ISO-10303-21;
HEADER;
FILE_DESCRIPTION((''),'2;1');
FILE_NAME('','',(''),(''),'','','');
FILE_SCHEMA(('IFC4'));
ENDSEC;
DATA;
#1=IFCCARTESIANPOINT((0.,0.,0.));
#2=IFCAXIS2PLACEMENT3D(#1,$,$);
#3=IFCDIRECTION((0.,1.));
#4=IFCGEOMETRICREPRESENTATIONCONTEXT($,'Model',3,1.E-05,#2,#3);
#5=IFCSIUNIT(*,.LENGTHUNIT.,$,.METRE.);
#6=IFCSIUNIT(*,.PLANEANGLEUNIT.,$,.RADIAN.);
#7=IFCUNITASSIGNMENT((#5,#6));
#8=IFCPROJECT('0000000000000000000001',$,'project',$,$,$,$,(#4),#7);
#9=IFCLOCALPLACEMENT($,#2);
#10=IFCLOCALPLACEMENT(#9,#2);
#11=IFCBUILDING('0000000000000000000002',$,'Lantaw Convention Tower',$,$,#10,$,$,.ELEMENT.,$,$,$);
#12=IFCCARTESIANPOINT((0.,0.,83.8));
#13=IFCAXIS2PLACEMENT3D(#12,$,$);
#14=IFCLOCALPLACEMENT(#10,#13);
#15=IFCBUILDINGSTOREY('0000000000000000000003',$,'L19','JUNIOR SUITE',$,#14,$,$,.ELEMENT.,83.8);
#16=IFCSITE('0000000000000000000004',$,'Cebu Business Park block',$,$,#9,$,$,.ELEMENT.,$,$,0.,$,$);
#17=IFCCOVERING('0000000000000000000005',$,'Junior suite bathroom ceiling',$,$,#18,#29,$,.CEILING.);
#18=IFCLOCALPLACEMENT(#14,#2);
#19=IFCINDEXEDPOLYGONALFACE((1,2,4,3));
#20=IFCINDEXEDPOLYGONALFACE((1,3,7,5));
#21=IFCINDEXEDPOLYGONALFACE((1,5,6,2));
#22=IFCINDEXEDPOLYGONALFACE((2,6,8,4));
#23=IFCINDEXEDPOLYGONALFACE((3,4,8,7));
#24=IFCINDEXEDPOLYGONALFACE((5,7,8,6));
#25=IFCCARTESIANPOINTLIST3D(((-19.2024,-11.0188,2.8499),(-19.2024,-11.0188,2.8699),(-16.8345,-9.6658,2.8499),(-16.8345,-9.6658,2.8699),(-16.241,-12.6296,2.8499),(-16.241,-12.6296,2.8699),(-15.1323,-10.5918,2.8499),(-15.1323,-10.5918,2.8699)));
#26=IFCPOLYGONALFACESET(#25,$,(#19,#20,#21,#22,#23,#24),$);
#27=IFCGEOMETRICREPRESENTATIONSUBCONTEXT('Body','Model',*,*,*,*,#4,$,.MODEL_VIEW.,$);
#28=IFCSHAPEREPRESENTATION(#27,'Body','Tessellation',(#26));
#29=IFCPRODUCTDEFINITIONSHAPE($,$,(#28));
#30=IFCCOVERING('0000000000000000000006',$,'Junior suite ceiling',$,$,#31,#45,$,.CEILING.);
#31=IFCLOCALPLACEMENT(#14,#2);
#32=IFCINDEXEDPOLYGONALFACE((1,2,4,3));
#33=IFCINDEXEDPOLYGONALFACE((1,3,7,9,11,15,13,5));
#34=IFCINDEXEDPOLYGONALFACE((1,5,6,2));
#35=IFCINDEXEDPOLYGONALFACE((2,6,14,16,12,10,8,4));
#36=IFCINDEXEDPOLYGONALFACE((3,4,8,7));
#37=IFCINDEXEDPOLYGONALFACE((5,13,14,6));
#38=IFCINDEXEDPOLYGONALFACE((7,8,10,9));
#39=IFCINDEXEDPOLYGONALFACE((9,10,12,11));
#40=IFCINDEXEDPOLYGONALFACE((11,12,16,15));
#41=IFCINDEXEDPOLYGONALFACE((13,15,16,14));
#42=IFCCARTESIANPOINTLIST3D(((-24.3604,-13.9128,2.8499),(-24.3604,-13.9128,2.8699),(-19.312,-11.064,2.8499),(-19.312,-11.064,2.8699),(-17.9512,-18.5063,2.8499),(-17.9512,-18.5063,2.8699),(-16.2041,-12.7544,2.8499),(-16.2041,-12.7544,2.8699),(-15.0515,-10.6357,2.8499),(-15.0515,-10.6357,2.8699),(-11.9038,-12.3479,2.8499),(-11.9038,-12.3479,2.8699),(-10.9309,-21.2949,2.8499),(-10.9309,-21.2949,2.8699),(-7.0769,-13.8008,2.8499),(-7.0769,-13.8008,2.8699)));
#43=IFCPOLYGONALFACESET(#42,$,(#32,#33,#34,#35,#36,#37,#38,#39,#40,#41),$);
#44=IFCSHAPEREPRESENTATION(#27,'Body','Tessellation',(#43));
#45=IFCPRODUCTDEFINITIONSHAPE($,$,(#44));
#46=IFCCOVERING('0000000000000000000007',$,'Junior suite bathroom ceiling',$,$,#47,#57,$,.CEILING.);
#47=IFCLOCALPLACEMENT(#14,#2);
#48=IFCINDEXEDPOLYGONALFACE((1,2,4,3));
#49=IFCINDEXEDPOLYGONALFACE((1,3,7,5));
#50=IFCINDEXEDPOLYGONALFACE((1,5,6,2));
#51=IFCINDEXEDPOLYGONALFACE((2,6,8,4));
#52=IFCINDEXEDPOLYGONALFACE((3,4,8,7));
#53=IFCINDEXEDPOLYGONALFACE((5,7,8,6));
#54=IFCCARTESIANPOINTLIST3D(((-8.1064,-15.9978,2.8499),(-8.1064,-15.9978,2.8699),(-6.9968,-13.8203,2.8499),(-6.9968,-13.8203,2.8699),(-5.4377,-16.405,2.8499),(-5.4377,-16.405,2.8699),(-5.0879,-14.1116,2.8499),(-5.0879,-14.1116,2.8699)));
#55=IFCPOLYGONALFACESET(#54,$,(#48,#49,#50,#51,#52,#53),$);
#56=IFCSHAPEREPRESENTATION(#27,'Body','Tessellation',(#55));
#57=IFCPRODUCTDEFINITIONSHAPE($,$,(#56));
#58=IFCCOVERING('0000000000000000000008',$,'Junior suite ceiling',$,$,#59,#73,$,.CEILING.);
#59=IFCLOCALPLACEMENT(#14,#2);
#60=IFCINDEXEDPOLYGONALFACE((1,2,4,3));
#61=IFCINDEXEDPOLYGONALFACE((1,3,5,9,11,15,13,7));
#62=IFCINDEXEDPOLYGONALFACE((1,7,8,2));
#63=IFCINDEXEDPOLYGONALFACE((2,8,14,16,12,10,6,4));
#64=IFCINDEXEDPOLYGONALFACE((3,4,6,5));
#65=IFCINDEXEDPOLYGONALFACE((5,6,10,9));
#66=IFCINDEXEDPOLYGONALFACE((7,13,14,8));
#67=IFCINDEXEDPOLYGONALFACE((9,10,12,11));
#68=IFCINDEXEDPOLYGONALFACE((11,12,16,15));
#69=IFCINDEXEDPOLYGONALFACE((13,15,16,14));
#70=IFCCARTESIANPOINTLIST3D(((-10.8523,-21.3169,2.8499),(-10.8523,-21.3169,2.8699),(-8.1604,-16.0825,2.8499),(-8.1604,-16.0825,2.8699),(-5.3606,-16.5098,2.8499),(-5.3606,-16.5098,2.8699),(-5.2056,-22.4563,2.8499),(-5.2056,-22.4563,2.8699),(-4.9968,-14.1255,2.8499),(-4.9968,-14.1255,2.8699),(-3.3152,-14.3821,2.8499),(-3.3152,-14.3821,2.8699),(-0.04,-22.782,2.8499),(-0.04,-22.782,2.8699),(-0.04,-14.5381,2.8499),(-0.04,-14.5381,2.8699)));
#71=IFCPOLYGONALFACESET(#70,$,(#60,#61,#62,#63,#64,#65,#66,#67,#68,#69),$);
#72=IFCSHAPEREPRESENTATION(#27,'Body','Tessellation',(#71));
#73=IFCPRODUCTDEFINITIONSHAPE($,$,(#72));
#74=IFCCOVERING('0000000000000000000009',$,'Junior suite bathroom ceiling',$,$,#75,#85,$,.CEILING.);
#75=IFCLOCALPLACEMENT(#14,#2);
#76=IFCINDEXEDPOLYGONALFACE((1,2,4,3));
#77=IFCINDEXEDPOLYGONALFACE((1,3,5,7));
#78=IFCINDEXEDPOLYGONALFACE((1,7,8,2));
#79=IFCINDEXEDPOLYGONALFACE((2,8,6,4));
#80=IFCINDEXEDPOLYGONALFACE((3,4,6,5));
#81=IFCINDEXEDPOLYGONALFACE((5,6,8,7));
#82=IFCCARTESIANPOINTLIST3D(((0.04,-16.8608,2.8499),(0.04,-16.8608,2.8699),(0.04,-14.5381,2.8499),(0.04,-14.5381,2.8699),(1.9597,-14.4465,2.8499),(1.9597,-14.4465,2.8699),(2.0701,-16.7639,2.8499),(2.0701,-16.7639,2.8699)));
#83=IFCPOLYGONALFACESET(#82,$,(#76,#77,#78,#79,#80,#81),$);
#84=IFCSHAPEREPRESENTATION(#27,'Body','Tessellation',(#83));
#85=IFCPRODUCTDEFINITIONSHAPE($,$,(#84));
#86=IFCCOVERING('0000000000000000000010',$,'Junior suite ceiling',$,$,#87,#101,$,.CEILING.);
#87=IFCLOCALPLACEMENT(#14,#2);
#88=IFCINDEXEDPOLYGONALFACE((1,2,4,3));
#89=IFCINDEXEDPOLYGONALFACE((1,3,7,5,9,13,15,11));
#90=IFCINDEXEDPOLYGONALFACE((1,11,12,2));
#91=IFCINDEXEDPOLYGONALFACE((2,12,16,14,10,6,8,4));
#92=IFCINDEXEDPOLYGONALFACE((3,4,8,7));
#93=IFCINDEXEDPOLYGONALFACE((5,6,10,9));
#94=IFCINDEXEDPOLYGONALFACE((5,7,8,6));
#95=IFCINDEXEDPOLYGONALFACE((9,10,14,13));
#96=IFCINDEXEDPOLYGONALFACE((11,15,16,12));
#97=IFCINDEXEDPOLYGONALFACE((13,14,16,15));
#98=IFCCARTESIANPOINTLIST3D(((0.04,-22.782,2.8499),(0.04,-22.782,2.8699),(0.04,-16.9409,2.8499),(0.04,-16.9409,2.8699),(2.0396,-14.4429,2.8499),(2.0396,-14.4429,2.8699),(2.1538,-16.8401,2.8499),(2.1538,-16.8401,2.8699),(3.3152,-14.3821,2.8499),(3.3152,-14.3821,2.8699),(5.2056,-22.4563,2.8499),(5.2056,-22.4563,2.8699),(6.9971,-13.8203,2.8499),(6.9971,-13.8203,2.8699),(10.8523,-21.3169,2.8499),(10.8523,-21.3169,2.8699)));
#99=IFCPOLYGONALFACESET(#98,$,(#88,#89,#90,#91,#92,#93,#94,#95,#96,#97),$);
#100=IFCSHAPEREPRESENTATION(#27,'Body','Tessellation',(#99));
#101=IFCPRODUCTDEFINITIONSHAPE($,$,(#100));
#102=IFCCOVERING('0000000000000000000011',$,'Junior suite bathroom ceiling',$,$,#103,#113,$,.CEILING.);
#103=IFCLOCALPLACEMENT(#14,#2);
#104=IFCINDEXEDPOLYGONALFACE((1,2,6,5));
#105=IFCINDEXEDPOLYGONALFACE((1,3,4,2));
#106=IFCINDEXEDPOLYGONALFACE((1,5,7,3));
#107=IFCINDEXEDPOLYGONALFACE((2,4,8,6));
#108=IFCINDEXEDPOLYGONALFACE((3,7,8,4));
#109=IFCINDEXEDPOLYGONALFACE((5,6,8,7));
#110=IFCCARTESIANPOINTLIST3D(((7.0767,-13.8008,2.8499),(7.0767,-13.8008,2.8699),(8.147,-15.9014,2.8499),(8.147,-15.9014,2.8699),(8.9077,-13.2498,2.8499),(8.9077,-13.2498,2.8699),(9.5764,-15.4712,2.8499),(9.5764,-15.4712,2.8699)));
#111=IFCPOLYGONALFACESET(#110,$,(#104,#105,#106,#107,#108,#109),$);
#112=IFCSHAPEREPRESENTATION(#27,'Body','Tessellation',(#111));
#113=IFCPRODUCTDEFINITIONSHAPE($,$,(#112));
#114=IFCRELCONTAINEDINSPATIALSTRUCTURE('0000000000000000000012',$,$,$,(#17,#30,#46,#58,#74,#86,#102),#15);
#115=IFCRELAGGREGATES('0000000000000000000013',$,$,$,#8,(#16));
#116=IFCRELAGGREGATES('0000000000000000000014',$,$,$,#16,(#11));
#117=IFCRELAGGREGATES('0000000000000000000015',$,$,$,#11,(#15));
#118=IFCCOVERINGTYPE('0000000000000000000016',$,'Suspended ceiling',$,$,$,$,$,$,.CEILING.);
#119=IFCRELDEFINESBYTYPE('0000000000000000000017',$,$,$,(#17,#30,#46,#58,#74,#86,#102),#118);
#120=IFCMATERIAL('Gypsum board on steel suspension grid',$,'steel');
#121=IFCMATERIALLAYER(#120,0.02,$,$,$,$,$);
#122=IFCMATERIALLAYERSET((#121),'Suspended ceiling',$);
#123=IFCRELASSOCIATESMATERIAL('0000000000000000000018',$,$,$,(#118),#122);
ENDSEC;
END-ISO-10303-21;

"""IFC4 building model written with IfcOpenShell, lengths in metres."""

from ifc_helpers import new_model, si_unit, direction, frame, origin, place, context, subcontext, project, spatial, polyline, outline, extrude, material, layer, layer_set, type_object, element, save


model = new_model("IFC4")

# Units and contexts
model_context = context("Model", 3, precision=1e-05, world=origin(), true_north=direction((0.0, 1.0)))
body_context = subcontext(model_context, "Body", "Model", "MODEL_VIEW")
ifc_project = project(units=[si_unit("LENGTHUNIT", "METRE"), si_unit("PLANEANGLEUNIT", "RADIAN")], contexts=[model_context])

# Site, building, storey
site_placement = place(None, origin())
site = spatial("IfcSite", under=ifc_project, at=site_placement, Name="Cebu Business Park block", CompositionType="ELEMENT", RefElevation=0.0)
building_placement = place(site_placement, origin())
building = spatial("IfcBuilding", under=site, at=building_placement, Name="Lantaw Convention Tower", CompositionType="ELEMENT")
storey_placement = place(building_placement, frame((0.0, 0.0, 83.8)))
storey = spatial("IfcBuildingStorey", under=building, at=storey_placement, Name="L19", Description="JUNIOR SUITE", CompositionType="ELEMENT", Elevation=83.8)

# Coverings
ifc_material_1 = material(Name="Gypsum board on steel suspension grid", Category="steel")
ifc_layer_1 = layer(ifc_material_1, 0.02)
ifc_layer_set_1 = layer_set([ifc_layer_1], Name="Suspended ceiling")
covering_type = type_object("IfcCoveringType", Name="Suspended ceiling", PredefinedType="CEILING", material=ifc_layer_set_1)
covering_1_placement = place(storey_placement, frame((0.0, 0.0, 2.8499)))
element("IfcCovering", 1, at=covering_1_placement, inside=storey, type_object=covering_type, Name="Junior suite bathroom ceiling", PredefinedType="CEILING", context=body_context, shape_type="SweptSolid", body=[
    extrude(outline(polyline([(-16.8345, -9.6658), (-19.2024, -11.0188), (-16.241, -12.6296), (-15.1323, -10.5918), (-16.8345, -9.6658)])), origin(), (0.0, 0.0, 1.0), 0.02),
])
covering_2_placement = place(storey_placement, frame((0.0, 0.0, 2.8499)))
element("IfcCovering", 2, at=covering_2_placement, inside=storey, type_object=covering_type, Name="Junior suite ceiling", PredefinedType="CEILING", context=body_context, shape_type="SweptSolid", body=[
    extrude(outline(polyline([(-19.312, -11.064), (-24.3604, -13.9128), (-17.9512, -18.5063), (-10.9309, -21.2949), (-7.0769, -13.8008), (-11.9038, -12.3479), (-15.0515, -10.6357), (-16.2041, -12.7544), (-19.312, -11.064)])), origin(), (0.0, 0.0, 1.0), 0.02),
])
covering_3_placement = place(storey_placement, frame((0.0, 0.0, 2.8499)))
element("IfcCovering", 3, at=covering_3_placement, inside=storey, type_object=covering_type, Name="Junior suite bathroom ceiling", PredefinedType="CEILING", context=body_context, shape_type="SweptSolid", body=[
    extrude(outline(polyline([(-6.9968, -13.8203), (-8.1064, -15.9978), (-5.4377, -16.405), (-5.0879, -14.1116), (-6.9968, -13.8203)])), origin(), (0.0, 0.0, 1.0), 0.02),
])
covering_4_placement = place(storey_placement, frame((0.0, 0.0, 2.8499)))
element("IfcCovering", 4, at=covering_4_placement, inside=storey, type_object=covering_type, Name="Junior suite ceiling", PredefinedType="CEILING", context=body_context, shape_type="SweptSolid", body=[
    extrude(outline(polyline([(-3.3152, -14.3821), (-4.9968, -14.1255), (-5.3606, -16.5098), (-8.1604, -16.0825), (-10.8523, -21.3169), (-5.2056, -22.4563), (-0.04, -22.782), (-0.04, -14.5381), (-3.3152, -14.3821)])), origin(), (0.0, 0.0, 1.0), 0.02),
])
covering_5_placement = place(storey_placement, frame((0.0, 0.0, 2.8499)))
element("IfcCovering", 5, at=covering_5_placement, inside=storey, type_object=covering_type, Name="Junior suite bathroom ceiling", PredefinedType="CEILING", context=body_context, shape_type="SweptSolid", body=[
    extrude(outline(polyline([(0.04, -14.5381), (0.04, -16.8608), (2.0701, -16.7639), (1.9597, -14.4465), (0.04, -14.5381)])), origin(), (0.0, 0.0, 1.0), 0.02),
])
covering_6_placement = place(storey_placement, frame((0.0, 0.0, 2.8499)))
element("IfcCovering", 6, at=covering_6_placement, inside=storey, type_object=covering_type, Name="Junior suite ceiling", PredefinedType="CEILING", context=body_context, shape_type="SweptSolid", body=[
    extrude(outline(polyline([(2.0396, -14.4429), (2.1538, -16.8401), (0.04, -16.9409), (0.04, -22.782), (5.2056, -22.4563), (10.8523, -21.3169), (6.9971, -13.8203), (3.3152, -14.3821), (2.0396, -14.4429)])), origin(), (0.0, 0.0, 1.0), 0.02),
])
covering_7_placement = place(storey_placement, frame((0.0, 0.0, 2.8499)))
element("IfcCovering", 7, at=covering_7_placement, inside=storey, type_object=covering_type, Name="Junior suite bathroom ceiling", PredefinedType="CEILING", context=body_context, shape_type="SweptSolid", body=[
    extrude(outline(polyline([(7.0767, -13.8008), (8.147, -15.9014), (9.5764, -15.4712), (8.9077, -13.2498), (7.0767, -13.8008)])), origin(), (0.0, 0.0, 1.0), 0.02),
])

save(model, "model.ifc")
